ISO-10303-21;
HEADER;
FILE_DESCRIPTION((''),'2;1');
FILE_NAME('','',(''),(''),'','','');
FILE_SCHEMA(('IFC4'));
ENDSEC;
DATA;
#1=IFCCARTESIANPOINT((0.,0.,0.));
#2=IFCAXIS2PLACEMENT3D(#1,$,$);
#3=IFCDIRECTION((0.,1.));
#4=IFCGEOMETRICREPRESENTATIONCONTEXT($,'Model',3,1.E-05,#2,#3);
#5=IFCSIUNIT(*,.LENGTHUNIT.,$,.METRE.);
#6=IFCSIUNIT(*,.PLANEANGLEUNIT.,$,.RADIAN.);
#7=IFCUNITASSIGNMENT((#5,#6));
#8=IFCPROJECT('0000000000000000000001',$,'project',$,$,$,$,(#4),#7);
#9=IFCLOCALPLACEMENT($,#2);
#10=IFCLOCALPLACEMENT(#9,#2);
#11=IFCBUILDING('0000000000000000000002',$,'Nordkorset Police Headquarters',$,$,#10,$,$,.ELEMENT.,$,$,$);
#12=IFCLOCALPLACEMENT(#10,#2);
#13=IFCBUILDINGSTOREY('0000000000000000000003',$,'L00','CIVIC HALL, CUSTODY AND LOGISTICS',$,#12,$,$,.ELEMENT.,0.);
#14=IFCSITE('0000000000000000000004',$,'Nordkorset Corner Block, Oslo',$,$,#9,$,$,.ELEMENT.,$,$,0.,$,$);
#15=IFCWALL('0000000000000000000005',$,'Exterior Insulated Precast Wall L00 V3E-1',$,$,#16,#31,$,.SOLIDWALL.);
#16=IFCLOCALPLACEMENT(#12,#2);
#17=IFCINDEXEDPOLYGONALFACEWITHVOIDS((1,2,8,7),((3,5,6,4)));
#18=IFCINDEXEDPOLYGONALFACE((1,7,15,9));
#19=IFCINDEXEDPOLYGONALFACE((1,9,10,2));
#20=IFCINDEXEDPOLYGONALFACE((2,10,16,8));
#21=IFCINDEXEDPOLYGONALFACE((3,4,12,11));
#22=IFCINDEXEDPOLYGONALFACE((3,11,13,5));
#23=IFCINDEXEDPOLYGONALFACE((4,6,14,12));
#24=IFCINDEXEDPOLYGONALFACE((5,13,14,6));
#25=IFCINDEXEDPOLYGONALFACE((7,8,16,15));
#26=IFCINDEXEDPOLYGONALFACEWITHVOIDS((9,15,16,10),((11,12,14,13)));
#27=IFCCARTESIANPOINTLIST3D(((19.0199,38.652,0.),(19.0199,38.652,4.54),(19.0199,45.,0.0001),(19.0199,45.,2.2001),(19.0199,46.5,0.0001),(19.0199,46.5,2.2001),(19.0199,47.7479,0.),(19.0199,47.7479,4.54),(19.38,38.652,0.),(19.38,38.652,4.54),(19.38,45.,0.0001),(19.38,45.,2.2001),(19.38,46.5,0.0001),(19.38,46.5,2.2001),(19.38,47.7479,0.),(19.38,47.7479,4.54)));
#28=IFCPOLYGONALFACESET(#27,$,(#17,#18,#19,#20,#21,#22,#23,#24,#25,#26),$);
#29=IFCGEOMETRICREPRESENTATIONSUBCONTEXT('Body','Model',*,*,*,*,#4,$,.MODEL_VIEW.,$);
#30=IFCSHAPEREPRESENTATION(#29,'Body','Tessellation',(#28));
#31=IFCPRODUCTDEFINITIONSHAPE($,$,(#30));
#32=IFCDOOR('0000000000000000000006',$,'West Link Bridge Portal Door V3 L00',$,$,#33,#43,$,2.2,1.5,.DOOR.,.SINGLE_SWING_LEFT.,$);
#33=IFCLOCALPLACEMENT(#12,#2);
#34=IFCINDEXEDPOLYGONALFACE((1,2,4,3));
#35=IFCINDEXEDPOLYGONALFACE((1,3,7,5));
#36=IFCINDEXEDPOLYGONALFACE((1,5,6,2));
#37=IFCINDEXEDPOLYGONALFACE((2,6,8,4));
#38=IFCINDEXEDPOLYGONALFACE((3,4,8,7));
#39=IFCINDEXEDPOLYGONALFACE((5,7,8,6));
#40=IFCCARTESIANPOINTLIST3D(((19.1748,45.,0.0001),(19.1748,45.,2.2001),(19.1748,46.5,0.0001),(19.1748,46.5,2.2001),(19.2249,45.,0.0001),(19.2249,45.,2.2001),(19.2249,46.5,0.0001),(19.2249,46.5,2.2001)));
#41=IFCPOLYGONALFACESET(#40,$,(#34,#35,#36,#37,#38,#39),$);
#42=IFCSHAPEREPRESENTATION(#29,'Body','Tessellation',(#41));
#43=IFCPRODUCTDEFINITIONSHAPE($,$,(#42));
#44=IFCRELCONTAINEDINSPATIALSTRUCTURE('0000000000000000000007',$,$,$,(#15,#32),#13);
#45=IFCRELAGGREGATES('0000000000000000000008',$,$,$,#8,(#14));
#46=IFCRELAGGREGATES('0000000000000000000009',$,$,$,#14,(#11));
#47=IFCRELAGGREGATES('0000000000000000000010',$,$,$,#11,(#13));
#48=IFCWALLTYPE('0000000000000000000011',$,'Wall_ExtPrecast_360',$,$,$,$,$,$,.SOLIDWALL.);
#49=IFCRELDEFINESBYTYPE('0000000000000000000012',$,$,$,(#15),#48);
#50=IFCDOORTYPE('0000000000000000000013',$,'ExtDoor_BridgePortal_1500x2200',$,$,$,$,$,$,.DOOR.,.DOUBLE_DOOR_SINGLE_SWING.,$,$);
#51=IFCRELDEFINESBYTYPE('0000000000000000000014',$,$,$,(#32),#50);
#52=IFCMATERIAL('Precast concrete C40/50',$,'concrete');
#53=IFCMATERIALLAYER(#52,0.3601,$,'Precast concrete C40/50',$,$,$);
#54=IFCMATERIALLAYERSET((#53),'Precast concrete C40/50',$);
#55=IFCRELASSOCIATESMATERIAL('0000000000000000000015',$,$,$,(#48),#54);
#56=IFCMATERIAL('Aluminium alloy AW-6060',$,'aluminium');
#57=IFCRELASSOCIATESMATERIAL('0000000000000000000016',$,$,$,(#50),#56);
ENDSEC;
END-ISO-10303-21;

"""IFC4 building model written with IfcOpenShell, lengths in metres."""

from ifc_helpers import new_model, si_unit, direction, frame, frame_2d, origin, place, context, subcontext, project, spatial, rectangle, extrude, material, layer, layer_set, type_object, element, fill, save


model = new_model("IFC4")

# Units and contexts
model_context = context("Model", 3, precision=1e-05, world=origin(), true_north=direction((0.0, 1.0)))
body_context = subcontext(model_context, "Body", "Model", "MODEL_VIEW")
ifc_project = project(units=[si_unit("LENGTHUNIT", "METRE"), si_unit("PLANEANGLEUNIT", "RADIAN")], contexts=[model_context])

# Site, building, storey
site_placement = place(None, origin())
site = spatial("IfcSite", under=ifc_project, at=site_placement, Name="Nordkorset Corner Block, Oslo", CompositionType="ELEMENT", RefElevation=0.0)
building_placement = place(site_placement, origin())
building = spatial("IfcBuilding", under=site, at=building_placement, Name="Nordkorset Police Headquarters", CompositionType="ELEMENT")
storey_placement = place(building_placement, origin())
storey = spatial("IfcBuildingStorey", under=building, at=storey_placement, Name="L00", Description="CIVIC HALL, CUSTODY AND LOGISTICS", CompositionType="ELEMENT", Elevation=0.0)

# Wall, opening, door
ifc_material_1 = material(Name="Precast concrete C40/50", Category="concrete")
ifc_layer_1 = layer(ifc_material_1, 0.3601, Name="Precast concrete C40/50")
ifc_layer_set_1 = layer_set([ifc_layer_1], Name="Precast concrete C40/50")
wall_type = type_object("IfcWallType", Name="Wall_ExtPrecast_360", PredefinedType="SOLIDWALL", material=ifc_layer_set_1)
wall_placement = place(storey_placement, frame((19.2, 38.6521, 0.0), z_axis=(0.0, 0.0, 1.0), x_axis=(0.0, 1.0, 0.0)))
wall = element("IfcWall", 1, at=wall_placement, inside=storey, type_object=wall_type, Name="Exterior Insulated Precast Wall L00 V3E-1", PredefinedType="SOLIDWALL", context=body_context, shape_type="SweptSolid", body=[
    extrude(rectangle(XDim=9.0959, YDim=0.3601, at=frame_2d((4.5479, 0.0))), origin(), (0.0, 0.0, 1.0), 4.54),
])
opening_placement = place(wall_placement, frame((6.3479, 0.0, 0.0)))
opening = element("IfcOpeningElement", 2, at=opening_placement, cuts=wall, PredefinedType="OPENING", context=body_context, shape_type="SweptSolid", body=[
    extrude(rectangle(XDim=1.5, YDim=2.2, at=frame_2d((0.75, 1.1001))), frame((0.0, 0.1899, 0.0), z_axis=(0.0, -1.0, 0.0), x_axis=(1.0, 0.0, 0.0)), (0.0, 0.0, 1.0), 0.3801),
])
ifc_material_2 = material(Name="Aluminium alloy AW-6060", Category="aluminium")
door_type = type_object("IfcDoorType", Name="ExtDoor_BridgePortal_1500x2200", OperationType="DOUBLE_DOOR_SINGLE_SWING", PredefinedType="DOOR", material=ifc_material_2)
door_placement = place(opening_placement, frame((1.5, 0.0, 0.0), z_axis=(0.0, 0.0, 1.0), x_axis=(-1.0, 0.0, 0.0)))
door = element("IfcDoor", 3, at=door_placement, inside=storey, type_object=door_type, Name="West Link Bridge Portal Door V3 L00", OperationType="SINGLE_SWING_LEFT", OverallHeight=2.2, OverallWidth=1.5, PredefinedType="DOOR", context=body_context, shape_type="SweptSolid", body=[
    extrude(rectangle(XDim=1.5, YDim=2.2, at=frame_2d((0.75, 1.1001))), frame((0.0, 0.0249, 0.0), z_axis=(0.0, -1.0, 0.0), x_axis=(1.0, 0.0, 0.0)), (0.0, 0.0, 1.0), 0.05),
])
fill(opening, door)

save(model, "model.ifc")
